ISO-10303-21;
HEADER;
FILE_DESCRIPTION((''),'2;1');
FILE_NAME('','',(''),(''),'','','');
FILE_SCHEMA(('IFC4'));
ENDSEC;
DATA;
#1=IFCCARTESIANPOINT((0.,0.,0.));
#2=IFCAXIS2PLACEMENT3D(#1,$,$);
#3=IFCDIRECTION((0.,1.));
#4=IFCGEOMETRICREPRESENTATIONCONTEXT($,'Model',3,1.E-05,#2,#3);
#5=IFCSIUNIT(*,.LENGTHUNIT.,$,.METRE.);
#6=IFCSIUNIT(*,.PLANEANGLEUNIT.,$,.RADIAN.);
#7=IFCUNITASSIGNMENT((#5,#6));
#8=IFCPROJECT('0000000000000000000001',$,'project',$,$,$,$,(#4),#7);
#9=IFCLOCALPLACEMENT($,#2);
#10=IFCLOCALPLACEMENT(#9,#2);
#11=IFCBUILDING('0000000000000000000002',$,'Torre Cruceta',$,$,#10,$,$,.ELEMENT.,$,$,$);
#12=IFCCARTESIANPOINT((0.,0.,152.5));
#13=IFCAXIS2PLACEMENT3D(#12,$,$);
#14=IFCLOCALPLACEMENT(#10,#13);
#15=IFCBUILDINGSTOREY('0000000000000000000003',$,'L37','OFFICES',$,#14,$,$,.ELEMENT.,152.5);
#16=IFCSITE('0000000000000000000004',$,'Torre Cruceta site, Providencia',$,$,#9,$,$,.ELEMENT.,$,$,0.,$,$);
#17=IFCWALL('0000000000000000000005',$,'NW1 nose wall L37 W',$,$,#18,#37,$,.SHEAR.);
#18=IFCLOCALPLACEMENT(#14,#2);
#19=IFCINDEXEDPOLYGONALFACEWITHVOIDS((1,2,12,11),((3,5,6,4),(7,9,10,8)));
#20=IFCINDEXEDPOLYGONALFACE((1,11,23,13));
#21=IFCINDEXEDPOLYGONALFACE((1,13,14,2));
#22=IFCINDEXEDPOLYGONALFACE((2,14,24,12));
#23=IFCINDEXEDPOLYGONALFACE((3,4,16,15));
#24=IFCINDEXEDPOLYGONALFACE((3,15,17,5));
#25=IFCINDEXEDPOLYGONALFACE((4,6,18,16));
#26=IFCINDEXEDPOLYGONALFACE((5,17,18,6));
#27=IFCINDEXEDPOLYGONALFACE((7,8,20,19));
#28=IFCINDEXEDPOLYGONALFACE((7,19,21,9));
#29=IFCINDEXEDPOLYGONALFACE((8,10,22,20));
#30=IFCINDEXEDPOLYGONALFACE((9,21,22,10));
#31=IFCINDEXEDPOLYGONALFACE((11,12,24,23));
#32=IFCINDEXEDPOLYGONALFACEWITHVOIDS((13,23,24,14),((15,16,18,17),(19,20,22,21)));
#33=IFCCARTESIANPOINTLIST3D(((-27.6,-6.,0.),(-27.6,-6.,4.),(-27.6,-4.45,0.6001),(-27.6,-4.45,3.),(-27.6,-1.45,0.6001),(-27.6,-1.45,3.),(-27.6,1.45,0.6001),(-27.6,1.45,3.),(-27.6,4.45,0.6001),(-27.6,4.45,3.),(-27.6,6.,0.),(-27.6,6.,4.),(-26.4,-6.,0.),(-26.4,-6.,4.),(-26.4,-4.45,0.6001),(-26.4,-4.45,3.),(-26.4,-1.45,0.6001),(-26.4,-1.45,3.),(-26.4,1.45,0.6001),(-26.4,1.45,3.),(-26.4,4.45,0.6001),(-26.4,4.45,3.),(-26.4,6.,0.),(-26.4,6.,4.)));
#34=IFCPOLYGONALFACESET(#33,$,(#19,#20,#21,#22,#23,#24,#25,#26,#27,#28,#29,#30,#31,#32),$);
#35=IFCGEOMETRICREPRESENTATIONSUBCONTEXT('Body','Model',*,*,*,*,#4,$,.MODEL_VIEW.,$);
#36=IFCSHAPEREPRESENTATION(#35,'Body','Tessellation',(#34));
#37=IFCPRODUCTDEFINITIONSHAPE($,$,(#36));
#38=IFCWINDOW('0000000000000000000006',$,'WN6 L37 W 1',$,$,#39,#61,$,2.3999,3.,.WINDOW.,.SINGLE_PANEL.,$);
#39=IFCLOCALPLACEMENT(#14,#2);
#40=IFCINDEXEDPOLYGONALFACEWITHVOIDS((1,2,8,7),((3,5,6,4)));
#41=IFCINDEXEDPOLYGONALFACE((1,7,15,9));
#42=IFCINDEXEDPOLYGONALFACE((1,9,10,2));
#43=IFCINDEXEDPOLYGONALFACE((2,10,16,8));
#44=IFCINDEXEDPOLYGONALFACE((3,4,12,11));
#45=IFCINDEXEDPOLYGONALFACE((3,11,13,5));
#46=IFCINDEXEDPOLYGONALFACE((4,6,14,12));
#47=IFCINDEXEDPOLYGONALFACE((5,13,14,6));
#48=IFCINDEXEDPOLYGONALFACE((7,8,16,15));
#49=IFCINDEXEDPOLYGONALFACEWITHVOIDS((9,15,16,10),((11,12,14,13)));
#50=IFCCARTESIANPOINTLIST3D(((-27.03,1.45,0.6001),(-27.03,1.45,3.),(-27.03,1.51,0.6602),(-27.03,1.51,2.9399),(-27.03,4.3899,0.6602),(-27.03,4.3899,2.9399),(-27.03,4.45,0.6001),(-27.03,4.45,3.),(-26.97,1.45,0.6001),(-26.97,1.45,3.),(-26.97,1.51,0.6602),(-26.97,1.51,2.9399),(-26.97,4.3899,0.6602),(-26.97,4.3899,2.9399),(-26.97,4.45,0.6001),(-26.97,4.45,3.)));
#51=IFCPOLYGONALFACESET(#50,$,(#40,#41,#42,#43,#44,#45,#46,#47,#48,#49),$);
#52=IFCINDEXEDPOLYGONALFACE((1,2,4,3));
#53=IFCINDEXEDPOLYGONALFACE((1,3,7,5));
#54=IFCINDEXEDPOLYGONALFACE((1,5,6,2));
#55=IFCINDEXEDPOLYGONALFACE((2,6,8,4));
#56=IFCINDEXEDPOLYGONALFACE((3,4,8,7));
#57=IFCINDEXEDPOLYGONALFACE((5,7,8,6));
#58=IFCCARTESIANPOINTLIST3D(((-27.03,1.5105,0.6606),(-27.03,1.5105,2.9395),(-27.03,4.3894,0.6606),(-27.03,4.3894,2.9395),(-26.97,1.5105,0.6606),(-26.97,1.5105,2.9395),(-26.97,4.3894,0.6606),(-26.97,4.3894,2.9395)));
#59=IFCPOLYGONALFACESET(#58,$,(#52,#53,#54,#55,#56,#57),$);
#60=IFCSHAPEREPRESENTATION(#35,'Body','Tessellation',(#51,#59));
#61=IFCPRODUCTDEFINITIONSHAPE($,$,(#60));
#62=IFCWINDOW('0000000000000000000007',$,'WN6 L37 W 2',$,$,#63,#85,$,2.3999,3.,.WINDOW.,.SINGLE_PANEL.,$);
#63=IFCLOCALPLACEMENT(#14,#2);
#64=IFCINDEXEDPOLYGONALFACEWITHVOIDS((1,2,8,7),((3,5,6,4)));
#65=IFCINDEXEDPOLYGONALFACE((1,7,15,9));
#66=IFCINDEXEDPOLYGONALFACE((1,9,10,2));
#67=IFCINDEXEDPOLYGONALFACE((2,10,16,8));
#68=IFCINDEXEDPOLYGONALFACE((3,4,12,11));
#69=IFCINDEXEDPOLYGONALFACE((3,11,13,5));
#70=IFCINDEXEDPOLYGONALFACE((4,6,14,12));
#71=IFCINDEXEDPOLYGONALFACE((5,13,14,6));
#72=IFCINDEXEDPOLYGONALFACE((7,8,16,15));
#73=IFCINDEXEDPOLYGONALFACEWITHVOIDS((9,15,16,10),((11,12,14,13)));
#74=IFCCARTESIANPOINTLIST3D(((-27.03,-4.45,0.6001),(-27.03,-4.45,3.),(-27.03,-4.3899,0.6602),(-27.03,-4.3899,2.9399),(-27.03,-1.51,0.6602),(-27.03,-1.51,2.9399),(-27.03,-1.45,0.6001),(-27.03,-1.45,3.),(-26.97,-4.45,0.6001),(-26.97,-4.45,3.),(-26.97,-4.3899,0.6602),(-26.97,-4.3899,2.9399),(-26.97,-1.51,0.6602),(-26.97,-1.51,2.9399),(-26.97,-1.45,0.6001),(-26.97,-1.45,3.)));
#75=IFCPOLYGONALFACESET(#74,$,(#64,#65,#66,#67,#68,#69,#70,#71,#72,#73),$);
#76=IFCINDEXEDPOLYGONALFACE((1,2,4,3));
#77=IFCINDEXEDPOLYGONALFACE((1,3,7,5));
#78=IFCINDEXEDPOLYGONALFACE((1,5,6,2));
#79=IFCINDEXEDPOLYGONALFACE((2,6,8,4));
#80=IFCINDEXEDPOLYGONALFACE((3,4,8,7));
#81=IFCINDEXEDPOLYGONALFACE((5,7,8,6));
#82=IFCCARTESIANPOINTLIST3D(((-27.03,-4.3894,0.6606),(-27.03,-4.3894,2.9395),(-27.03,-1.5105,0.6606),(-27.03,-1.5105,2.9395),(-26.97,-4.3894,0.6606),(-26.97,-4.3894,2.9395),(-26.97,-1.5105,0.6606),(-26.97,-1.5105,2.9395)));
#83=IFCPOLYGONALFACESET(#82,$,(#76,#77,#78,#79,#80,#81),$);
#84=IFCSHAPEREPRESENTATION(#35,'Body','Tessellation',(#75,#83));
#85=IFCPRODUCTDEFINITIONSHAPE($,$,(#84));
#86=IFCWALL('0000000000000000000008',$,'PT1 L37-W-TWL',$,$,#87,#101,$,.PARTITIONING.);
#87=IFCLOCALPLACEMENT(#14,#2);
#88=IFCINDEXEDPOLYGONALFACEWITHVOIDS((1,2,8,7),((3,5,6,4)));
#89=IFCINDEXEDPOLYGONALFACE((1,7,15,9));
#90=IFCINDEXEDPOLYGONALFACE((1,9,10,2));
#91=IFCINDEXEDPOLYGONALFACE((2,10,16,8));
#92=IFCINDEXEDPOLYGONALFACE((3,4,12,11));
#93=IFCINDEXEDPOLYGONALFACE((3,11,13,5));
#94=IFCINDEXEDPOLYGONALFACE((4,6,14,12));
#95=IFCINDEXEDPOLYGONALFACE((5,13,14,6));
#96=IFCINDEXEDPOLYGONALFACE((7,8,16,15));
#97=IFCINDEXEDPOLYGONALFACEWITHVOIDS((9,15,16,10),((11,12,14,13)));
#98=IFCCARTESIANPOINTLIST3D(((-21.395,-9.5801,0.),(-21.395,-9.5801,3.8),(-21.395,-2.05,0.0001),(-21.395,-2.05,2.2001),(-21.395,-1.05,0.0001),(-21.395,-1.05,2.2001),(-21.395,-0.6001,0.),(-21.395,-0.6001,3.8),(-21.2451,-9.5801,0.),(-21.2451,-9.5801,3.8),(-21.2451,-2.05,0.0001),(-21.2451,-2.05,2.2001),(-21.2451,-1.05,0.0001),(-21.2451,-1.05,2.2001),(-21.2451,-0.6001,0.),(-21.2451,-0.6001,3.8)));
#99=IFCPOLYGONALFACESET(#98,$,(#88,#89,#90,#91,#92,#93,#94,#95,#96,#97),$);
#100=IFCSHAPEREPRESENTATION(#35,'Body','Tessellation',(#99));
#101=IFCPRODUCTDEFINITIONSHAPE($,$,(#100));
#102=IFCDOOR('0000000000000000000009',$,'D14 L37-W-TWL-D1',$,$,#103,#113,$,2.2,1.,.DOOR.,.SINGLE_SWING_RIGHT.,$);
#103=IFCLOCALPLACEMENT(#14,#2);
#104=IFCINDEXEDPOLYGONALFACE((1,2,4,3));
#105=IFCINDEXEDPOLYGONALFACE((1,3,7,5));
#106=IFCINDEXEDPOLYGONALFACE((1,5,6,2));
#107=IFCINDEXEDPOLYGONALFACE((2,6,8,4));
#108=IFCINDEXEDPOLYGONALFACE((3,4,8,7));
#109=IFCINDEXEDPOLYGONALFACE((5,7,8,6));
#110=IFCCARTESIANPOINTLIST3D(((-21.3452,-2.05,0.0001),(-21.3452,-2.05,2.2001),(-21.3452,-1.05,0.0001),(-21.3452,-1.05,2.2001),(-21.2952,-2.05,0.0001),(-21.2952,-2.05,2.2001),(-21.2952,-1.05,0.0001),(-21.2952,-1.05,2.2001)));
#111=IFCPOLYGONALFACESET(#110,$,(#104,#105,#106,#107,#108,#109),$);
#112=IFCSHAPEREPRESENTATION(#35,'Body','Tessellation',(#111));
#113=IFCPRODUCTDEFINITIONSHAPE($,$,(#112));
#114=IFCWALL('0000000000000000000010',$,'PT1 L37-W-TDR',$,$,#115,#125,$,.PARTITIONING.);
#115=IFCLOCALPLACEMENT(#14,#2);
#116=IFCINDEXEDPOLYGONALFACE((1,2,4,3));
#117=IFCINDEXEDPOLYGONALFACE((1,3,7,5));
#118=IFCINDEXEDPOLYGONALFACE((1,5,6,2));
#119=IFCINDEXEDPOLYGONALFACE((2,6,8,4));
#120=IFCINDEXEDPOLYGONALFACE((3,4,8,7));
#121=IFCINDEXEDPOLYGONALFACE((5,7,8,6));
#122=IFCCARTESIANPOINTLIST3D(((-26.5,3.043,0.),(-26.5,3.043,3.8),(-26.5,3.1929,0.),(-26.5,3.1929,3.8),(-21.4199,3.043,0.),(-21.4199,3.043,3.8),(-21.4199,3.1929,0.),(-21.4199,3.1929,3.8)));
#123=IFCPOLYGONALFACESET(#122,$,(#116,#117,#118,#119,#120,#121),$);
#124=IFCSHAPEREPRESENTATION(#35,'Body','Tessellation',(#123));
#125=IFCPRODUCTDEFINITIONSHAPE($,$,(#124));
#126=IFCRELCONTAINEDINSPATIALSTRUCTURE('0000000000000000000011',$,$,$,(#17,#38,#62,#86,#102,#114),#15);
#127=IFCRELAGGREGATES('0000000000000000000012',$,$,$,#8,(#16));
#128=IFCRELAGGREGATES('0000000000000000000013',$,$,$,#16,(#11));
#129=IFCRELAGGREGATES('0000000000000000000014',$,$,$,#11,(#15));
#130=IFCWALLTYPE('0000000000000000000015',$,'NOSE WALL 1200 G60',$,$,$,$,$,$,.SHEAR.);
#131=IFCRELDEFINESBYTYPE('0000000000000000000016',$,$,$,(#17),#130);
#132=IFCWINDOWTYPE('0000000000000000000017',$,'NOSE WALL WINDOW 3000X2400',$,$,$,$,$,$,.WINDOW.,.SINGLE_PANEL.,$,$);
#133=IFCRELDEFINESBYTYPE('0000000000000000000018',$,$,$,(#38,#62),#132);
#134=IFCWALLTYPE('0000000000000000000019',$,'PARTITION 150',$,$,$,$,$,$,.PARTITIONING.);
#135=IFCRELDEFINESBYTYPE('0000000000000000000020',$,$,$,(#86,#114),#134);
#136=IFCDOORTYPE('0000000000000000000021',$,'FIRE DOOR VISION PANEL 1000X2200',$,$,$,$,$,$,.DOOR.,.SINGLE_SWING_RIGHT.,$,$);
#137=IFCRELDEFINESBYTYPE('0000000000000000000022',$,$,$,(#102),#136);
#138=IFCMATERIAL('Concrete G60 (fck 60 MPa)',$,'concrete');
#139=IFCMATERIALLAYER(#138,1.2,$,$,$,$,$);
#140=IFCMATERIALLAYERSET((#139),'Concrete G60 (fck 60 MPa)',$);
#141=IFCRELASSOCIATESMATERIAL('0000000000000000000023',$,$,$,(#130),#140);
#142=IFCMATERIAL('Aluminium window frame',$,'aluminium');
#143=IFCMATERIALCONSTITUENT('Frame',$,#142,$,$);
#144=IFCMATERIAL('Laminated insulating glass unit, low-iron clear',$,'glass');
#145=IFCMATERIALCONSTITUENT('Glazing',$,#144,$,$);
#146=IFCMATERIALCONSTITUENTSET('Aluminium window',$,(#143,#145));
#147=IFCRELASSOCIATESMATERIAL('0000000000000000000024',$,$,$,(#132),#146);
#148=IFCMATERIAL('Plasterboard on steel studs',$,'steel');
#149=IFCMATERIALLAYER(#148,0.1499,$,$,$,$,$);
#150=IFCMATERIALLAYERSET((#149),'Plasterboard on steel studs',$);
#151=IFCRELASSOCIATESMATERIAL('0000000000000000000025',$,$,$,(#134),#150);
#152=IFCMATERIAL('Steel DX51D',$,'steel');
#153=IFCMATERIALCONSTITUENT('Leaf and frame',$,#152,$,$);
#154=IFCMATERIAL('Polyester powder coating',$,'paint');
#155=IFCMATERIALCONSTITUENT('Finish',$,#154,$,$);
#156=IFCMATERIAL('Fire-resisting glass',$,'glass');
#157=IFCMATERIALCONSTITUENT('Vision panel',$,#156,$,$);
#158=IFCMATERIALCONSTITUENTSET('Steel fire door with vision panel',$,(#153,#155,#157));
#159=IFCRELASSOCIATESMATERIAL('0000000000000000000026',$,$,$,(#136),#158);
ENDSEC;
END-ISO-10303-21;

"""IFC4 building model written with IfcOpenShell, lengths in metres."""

from ifc_helpers import new_model, si_unit, direction, frame, frame_2d, origin, place, context, subcontext, project, spatial, rectangle, hollow_rectangle, extrude, material, layer, layer_set, constituent, constituent_set, type_object, element, fill, save


model = new_model("IFC4")

# Units and contexts
model_context = context("Model", 3, precision=1e-05, world=origin(), true_north=direction((0.0, 1.0)))
body_context = subcontext(model_context, "Body", "Model", "MODEL_VIEW")
ifc_project = project(units=[si_unit("LENGTHUNIT", "METRE"), si_unit("PLANEANGLEUNIT", "RADIAN")], contexts=[model_context])

# Site, building, storey
site_placement = place(None, origin())
site = spatial("IfcSite", under=ifc_project, at=site_placement, Name="Torre Cruceta site, Providencia", CompositionType="ELEMENT", RefElevation=0.0)
building_placement = place(site_placement, origin())
building = spatial("IfcBuilding", under=site, at=building_placement, Name="Torre Cruceta", CompositionType="ELEMENT")
storey_placement = place(building_placement, frame((0.0, 0.0, 152.5)))
storey = spatial("IfcBuildingStorey", under=building, at=storey_placement, Name="L37", Description="OFFICES", CompositionType="ELEMENT", Elevation=152.5)

# Wall, openings, windows
ifc_material_1 = material(Name="Concrete G60 (fck 60 MPa)", Category="concrete")
ifc_layer_1 = layer(ifc_material_1, 1.2)
ifc_layer_set_1 = layer_set([ifc_layer_1], Name="Concrete G60 (fck 60 MPa)")
wall_type_1 = type_object("IfcWallType", Name="NOSE WALL 1200 G60", PredefinedType="SHEAR", material=ifc_layer_set_1)
wall_1_placement = place(storey_placement, frame((-27.0, 6.0, 0.0), z_axis=(0.0, 0.0, 1.0), x_axis=(0.0, -1.0, 0.0)))
wall_1 = element("IfcWall", 1, at=wall_1_placement, inside=storey, type_object=wall_type_1, Name="NW1 nose wall L37 W", PredefinedType="SHEAR", context=body_context, shape_type="SweptSolid", body=[
    extrude(rectangle(XDim=12.0, YDim=1.2, at=frame_2d((6.0, 0.0))), origin(), (0.0, 0.0, 1.0), 4.0),
])
opening_1_placement = place(wall_1_placement, frame((1.55, 0.0, 0.6001)))
opening_1 = element("IfcOpeningElement", 2, at=opening_1_placement, cuts=wall_1, PredefinedType="OPENING", context=body_context, shape_type="SweptSolid", body=[
    extrude(rectangle(XDim=3.0, YDim=2.3999, at=frame_2d((1.5, 1.2))), frame((0.0, 0.6099, 0.0), z_axis=(0.0, -1.0, 0.0), x_axis=(1.0, 0.0, 0.0)), (0.0, 0.0, 1.0), 1.22),
])
opening_2_placement = place(wall_1_placement, frame((7.45, 0.0, 0.6001)))
opening_2 = element("IfcOpeningElement", 3, at=opening_2_placement, cuts=wall_1, PredefinedType="OPENING", context=body_context, shape_type="SweptSolid", body=[
    extrude(rectangle(XDim=3.0, YDim=2.3999, at=frame_2d((1.5, 1.2))), frame((0.0, 0.6099, 0.0), z_axis=(0.0, -1.0, 0.0), x_axis=(1.0, 0.0, 0.0)), (0.0, 0.0, 1.0), 1.22),
])
ifc_material_2 = material(Name="Aluminium window frame", Category="aluminium")
ifc_constituent_1 = constituent(ifc_material_2, Name="Frame")
ifc_material_3 = material(Name="Laminated insulating glass unit, low-iron clear", Category="glass")
ifc_constituent_2 = constituent(ifc_material_3, Name="Glazing")
ifc_constituent_set_1 = constituent_set(constituents=[ifc_constituent_1, ifc_constituent_2], Name="Aluminium window")
window_type_1 = type_object("IfcWindowType", Name="NOSE WALL WINDOW 3000X2400", PartitioningType="SINGLE_PANEL", PredefinedType="WINDOW", material=ifc_constituent_set_1)
window_1_placement = place(opening_1_placement, origin())
window_1 = element("IfcWindow", 4, at=window_1_placement, inside=storey, type_object=window_type_1, Name="WN6 L37 W 1", OverallHeight=2.3999, OverallWidth=3.0, PartitioningType="SINGLE_PANEL", PredefinedType="WINDOW", context=body_context, shape_type="SweptSolid", body=[
    extrude(hollow_rectangle(XDim=3.0, YDim=2.3999, WallThickness=0.0601, at=frame_2d((1.5, 1.2))), frame((0.0, 0.03, 0.0), z_axis=(0.0, -1.0, 0.0), x_axis=(1.0, 0.0, 0.0)), (0.0, 0.0, 1.0), 0.0601),
    extrude(rectangle(XDim=2.8789, YDim=2.2788, at=frame_2d((1.5, 1.2))), frame((0.0, 0.03, 0.0), z_axis=(0.0, -1.0, 0.0), x_axis=(1.0, 0.0, 0.0)), (0.0, 0.0, 1.0), 0.0601),
])
fill(opening_1, window_1)
window_2_placement = place(opening_2_placement, origin())
window_2 = element("IfcWindow", 5, at=window_2_placement, inside=storey, type_object=window_type_1, Name="WN6 L37 W 2", OverallHeight=2.3999, OverallWidth=3.0, PartitioningType="SINGLE_PANEL", PredefinedType="WINDOW", context=body_context, shape_type="SweptSolid", body=[
    extrude(hollow_rectangle(XDim=3.0, YDim=2.3999, WallThickness=0.0601, at=frame_2d((1.5, 1.2))), frame((0.0, 0.03, 0.0), z_axis=(0.0, -1.0, 0.0), x_axis=(1.0, 0.0, 0.0)), (0.0, 0.0, 1.0), 0.0601),
    extrude(rectangle(XDim=2.8789, YDim=2.2788, at=frame_2d((1.5, 1.2))), frame((0.0, 0.03, 0.0), z_axis=(0.0, -1.0, 0.0), x_axis=(1.0, 0.0, 0.0)), (0.0, 0.0, 1.0), 0.0601),
])
fill(opening_2, window_2)

# Wall, opening, door
ifc_material_4 = material(Name="Plasterboard on steel studs", Category="steel")
ifc_layer_2 = layer(ifc_material_4, 0.1499)
ifc_layer_set_2 = layer_set([ifc_layer_2], Name="Plasterboard on steel studs")
wall_type_2 = type_object("IfcWallType", Name="PARTITION 150", PredefinedType="PARTITIONING", material=ifc_layer_set_2)
wall_2_placement = place(storey_placement, frame((-21.3201, -0.6001, 0.0), z_axis=(0.0, 0.0, 1.0), x_axis=(0.0, -1.0, 0.0)))
wall_2 = element("IfcWall", 6, at=wall_2_placement, inside=storey, type_object=wall_type_2, Name="PT1 L37-W-TWL", PredefinedType="PARTITIONING", context=body_context, shape_type="SweptSolid", body=[
    extrude(rectangle(XDim=8.98, YDim=0.1499, at=frame_2d((4.49, 0.0))), origin(), (0.0, 0.0, 1.0), 3.8),
])
opening_3_placement = place(wall_2_placement, frame((0.45, 0.0, 0.0)))
opening_3 = element("IfcOpeningElement", 7, at=opening_3_placement, cuts=wall_2, PredefinedType="OPENING", context=body_context, shape_type="SweptSolid", body=[
    extrude(rectangle(XDim=1.0, YDim=2.2, at=frame_2d((0.5, 1.1001))), frame((0.0, 0.085, 0.0), z_axis=(0.0, -1.0, 0.0), x_axis=(1.0, 0.0, 0.0)), (0.0, 0.0, 1.0), 0.1699),
])
ifc_material_5 = material(Name="Steel DX51D", Category="steel")
ifc_constituent_3 = constituent(ifc_material_5, Name="Leaf and frame")
ifc_material_6 = material(Name="Polyester powder coating", Category="paint")
ifc_constituent_4 = constituent(ifc_material_6, Name="Finish")
ifc_material_7 = material(Name="Fire-resisting glass", Category="glass")
ifc_constituent_5 = constituent(ifc_material_7, Name="Vision panel")
ifc_constituent_set_2 = constituent_set(constituents=[ifc_constituent_3, ifc_constituent_4, ifc_constituent_5], Name="Steel fire door with vision panel")
door_type = type_object("IfcDoorType", Name="FIRE DOOR VISION PANEL 1000X2200", OperationType="SINGLE_SWING_RIGHT", PredefinedType="DOOR", material=ifc_constituent_set_2)
door_1_placement = place(opening_3_placement, frame((1.0, 0.0, 0.0), z_axis=(0.0, 0.0, 1.0), x_axis=(-1.0, 0.0, 0.0)))
door_1 = element("IfcDoor", 8, at=door_1_placement, inside=storey, type_object=door_type, Name="D14 L37-W-TWL-D1", OperationType="SINGLE_SWING_RIGHT", OverallHeight=2.2, OverallWidth=1.0, PredefinedType="DOOR", context=body_context, shape_type="SweptSolid", body=[
    extrude(rectangle(XDim=1.0, YDim=2.2, at=frame_2d((0.5, 1.1001))), frame((0.0, 0.0251, 0.0), z_axis=(0.0, -1.0, 0.0), x_axis=(1.0, 0.0, 0.0)), (0.0, 0.0, 1.0), 0.05),
])
fill(opening_3, door_1)

# Wall
wall_3_placement = place(storey_placement, frame((-21.4199, 3.1179, 0.0), z_axis=(0.0, 0.0, 1.0), x_axis=(-1.0, 0.0, 0.0)))
element("IfcWall", 9, at=wall_3_placement, inside=storey, type_object=wall_type_2, Name="PT1 L37-W-TDR", PredefinedType="PARTITIONING", context=body_context, shape_type="SweptSolid", body=[
    extrude(rectangle(XDim=5.0801, YDim=0.1499, at=frame_2d((2.54, 0.0))), origin(), (0.0, 0.0, 1.0), 3.8),
])

save(model, "model.ifc")
